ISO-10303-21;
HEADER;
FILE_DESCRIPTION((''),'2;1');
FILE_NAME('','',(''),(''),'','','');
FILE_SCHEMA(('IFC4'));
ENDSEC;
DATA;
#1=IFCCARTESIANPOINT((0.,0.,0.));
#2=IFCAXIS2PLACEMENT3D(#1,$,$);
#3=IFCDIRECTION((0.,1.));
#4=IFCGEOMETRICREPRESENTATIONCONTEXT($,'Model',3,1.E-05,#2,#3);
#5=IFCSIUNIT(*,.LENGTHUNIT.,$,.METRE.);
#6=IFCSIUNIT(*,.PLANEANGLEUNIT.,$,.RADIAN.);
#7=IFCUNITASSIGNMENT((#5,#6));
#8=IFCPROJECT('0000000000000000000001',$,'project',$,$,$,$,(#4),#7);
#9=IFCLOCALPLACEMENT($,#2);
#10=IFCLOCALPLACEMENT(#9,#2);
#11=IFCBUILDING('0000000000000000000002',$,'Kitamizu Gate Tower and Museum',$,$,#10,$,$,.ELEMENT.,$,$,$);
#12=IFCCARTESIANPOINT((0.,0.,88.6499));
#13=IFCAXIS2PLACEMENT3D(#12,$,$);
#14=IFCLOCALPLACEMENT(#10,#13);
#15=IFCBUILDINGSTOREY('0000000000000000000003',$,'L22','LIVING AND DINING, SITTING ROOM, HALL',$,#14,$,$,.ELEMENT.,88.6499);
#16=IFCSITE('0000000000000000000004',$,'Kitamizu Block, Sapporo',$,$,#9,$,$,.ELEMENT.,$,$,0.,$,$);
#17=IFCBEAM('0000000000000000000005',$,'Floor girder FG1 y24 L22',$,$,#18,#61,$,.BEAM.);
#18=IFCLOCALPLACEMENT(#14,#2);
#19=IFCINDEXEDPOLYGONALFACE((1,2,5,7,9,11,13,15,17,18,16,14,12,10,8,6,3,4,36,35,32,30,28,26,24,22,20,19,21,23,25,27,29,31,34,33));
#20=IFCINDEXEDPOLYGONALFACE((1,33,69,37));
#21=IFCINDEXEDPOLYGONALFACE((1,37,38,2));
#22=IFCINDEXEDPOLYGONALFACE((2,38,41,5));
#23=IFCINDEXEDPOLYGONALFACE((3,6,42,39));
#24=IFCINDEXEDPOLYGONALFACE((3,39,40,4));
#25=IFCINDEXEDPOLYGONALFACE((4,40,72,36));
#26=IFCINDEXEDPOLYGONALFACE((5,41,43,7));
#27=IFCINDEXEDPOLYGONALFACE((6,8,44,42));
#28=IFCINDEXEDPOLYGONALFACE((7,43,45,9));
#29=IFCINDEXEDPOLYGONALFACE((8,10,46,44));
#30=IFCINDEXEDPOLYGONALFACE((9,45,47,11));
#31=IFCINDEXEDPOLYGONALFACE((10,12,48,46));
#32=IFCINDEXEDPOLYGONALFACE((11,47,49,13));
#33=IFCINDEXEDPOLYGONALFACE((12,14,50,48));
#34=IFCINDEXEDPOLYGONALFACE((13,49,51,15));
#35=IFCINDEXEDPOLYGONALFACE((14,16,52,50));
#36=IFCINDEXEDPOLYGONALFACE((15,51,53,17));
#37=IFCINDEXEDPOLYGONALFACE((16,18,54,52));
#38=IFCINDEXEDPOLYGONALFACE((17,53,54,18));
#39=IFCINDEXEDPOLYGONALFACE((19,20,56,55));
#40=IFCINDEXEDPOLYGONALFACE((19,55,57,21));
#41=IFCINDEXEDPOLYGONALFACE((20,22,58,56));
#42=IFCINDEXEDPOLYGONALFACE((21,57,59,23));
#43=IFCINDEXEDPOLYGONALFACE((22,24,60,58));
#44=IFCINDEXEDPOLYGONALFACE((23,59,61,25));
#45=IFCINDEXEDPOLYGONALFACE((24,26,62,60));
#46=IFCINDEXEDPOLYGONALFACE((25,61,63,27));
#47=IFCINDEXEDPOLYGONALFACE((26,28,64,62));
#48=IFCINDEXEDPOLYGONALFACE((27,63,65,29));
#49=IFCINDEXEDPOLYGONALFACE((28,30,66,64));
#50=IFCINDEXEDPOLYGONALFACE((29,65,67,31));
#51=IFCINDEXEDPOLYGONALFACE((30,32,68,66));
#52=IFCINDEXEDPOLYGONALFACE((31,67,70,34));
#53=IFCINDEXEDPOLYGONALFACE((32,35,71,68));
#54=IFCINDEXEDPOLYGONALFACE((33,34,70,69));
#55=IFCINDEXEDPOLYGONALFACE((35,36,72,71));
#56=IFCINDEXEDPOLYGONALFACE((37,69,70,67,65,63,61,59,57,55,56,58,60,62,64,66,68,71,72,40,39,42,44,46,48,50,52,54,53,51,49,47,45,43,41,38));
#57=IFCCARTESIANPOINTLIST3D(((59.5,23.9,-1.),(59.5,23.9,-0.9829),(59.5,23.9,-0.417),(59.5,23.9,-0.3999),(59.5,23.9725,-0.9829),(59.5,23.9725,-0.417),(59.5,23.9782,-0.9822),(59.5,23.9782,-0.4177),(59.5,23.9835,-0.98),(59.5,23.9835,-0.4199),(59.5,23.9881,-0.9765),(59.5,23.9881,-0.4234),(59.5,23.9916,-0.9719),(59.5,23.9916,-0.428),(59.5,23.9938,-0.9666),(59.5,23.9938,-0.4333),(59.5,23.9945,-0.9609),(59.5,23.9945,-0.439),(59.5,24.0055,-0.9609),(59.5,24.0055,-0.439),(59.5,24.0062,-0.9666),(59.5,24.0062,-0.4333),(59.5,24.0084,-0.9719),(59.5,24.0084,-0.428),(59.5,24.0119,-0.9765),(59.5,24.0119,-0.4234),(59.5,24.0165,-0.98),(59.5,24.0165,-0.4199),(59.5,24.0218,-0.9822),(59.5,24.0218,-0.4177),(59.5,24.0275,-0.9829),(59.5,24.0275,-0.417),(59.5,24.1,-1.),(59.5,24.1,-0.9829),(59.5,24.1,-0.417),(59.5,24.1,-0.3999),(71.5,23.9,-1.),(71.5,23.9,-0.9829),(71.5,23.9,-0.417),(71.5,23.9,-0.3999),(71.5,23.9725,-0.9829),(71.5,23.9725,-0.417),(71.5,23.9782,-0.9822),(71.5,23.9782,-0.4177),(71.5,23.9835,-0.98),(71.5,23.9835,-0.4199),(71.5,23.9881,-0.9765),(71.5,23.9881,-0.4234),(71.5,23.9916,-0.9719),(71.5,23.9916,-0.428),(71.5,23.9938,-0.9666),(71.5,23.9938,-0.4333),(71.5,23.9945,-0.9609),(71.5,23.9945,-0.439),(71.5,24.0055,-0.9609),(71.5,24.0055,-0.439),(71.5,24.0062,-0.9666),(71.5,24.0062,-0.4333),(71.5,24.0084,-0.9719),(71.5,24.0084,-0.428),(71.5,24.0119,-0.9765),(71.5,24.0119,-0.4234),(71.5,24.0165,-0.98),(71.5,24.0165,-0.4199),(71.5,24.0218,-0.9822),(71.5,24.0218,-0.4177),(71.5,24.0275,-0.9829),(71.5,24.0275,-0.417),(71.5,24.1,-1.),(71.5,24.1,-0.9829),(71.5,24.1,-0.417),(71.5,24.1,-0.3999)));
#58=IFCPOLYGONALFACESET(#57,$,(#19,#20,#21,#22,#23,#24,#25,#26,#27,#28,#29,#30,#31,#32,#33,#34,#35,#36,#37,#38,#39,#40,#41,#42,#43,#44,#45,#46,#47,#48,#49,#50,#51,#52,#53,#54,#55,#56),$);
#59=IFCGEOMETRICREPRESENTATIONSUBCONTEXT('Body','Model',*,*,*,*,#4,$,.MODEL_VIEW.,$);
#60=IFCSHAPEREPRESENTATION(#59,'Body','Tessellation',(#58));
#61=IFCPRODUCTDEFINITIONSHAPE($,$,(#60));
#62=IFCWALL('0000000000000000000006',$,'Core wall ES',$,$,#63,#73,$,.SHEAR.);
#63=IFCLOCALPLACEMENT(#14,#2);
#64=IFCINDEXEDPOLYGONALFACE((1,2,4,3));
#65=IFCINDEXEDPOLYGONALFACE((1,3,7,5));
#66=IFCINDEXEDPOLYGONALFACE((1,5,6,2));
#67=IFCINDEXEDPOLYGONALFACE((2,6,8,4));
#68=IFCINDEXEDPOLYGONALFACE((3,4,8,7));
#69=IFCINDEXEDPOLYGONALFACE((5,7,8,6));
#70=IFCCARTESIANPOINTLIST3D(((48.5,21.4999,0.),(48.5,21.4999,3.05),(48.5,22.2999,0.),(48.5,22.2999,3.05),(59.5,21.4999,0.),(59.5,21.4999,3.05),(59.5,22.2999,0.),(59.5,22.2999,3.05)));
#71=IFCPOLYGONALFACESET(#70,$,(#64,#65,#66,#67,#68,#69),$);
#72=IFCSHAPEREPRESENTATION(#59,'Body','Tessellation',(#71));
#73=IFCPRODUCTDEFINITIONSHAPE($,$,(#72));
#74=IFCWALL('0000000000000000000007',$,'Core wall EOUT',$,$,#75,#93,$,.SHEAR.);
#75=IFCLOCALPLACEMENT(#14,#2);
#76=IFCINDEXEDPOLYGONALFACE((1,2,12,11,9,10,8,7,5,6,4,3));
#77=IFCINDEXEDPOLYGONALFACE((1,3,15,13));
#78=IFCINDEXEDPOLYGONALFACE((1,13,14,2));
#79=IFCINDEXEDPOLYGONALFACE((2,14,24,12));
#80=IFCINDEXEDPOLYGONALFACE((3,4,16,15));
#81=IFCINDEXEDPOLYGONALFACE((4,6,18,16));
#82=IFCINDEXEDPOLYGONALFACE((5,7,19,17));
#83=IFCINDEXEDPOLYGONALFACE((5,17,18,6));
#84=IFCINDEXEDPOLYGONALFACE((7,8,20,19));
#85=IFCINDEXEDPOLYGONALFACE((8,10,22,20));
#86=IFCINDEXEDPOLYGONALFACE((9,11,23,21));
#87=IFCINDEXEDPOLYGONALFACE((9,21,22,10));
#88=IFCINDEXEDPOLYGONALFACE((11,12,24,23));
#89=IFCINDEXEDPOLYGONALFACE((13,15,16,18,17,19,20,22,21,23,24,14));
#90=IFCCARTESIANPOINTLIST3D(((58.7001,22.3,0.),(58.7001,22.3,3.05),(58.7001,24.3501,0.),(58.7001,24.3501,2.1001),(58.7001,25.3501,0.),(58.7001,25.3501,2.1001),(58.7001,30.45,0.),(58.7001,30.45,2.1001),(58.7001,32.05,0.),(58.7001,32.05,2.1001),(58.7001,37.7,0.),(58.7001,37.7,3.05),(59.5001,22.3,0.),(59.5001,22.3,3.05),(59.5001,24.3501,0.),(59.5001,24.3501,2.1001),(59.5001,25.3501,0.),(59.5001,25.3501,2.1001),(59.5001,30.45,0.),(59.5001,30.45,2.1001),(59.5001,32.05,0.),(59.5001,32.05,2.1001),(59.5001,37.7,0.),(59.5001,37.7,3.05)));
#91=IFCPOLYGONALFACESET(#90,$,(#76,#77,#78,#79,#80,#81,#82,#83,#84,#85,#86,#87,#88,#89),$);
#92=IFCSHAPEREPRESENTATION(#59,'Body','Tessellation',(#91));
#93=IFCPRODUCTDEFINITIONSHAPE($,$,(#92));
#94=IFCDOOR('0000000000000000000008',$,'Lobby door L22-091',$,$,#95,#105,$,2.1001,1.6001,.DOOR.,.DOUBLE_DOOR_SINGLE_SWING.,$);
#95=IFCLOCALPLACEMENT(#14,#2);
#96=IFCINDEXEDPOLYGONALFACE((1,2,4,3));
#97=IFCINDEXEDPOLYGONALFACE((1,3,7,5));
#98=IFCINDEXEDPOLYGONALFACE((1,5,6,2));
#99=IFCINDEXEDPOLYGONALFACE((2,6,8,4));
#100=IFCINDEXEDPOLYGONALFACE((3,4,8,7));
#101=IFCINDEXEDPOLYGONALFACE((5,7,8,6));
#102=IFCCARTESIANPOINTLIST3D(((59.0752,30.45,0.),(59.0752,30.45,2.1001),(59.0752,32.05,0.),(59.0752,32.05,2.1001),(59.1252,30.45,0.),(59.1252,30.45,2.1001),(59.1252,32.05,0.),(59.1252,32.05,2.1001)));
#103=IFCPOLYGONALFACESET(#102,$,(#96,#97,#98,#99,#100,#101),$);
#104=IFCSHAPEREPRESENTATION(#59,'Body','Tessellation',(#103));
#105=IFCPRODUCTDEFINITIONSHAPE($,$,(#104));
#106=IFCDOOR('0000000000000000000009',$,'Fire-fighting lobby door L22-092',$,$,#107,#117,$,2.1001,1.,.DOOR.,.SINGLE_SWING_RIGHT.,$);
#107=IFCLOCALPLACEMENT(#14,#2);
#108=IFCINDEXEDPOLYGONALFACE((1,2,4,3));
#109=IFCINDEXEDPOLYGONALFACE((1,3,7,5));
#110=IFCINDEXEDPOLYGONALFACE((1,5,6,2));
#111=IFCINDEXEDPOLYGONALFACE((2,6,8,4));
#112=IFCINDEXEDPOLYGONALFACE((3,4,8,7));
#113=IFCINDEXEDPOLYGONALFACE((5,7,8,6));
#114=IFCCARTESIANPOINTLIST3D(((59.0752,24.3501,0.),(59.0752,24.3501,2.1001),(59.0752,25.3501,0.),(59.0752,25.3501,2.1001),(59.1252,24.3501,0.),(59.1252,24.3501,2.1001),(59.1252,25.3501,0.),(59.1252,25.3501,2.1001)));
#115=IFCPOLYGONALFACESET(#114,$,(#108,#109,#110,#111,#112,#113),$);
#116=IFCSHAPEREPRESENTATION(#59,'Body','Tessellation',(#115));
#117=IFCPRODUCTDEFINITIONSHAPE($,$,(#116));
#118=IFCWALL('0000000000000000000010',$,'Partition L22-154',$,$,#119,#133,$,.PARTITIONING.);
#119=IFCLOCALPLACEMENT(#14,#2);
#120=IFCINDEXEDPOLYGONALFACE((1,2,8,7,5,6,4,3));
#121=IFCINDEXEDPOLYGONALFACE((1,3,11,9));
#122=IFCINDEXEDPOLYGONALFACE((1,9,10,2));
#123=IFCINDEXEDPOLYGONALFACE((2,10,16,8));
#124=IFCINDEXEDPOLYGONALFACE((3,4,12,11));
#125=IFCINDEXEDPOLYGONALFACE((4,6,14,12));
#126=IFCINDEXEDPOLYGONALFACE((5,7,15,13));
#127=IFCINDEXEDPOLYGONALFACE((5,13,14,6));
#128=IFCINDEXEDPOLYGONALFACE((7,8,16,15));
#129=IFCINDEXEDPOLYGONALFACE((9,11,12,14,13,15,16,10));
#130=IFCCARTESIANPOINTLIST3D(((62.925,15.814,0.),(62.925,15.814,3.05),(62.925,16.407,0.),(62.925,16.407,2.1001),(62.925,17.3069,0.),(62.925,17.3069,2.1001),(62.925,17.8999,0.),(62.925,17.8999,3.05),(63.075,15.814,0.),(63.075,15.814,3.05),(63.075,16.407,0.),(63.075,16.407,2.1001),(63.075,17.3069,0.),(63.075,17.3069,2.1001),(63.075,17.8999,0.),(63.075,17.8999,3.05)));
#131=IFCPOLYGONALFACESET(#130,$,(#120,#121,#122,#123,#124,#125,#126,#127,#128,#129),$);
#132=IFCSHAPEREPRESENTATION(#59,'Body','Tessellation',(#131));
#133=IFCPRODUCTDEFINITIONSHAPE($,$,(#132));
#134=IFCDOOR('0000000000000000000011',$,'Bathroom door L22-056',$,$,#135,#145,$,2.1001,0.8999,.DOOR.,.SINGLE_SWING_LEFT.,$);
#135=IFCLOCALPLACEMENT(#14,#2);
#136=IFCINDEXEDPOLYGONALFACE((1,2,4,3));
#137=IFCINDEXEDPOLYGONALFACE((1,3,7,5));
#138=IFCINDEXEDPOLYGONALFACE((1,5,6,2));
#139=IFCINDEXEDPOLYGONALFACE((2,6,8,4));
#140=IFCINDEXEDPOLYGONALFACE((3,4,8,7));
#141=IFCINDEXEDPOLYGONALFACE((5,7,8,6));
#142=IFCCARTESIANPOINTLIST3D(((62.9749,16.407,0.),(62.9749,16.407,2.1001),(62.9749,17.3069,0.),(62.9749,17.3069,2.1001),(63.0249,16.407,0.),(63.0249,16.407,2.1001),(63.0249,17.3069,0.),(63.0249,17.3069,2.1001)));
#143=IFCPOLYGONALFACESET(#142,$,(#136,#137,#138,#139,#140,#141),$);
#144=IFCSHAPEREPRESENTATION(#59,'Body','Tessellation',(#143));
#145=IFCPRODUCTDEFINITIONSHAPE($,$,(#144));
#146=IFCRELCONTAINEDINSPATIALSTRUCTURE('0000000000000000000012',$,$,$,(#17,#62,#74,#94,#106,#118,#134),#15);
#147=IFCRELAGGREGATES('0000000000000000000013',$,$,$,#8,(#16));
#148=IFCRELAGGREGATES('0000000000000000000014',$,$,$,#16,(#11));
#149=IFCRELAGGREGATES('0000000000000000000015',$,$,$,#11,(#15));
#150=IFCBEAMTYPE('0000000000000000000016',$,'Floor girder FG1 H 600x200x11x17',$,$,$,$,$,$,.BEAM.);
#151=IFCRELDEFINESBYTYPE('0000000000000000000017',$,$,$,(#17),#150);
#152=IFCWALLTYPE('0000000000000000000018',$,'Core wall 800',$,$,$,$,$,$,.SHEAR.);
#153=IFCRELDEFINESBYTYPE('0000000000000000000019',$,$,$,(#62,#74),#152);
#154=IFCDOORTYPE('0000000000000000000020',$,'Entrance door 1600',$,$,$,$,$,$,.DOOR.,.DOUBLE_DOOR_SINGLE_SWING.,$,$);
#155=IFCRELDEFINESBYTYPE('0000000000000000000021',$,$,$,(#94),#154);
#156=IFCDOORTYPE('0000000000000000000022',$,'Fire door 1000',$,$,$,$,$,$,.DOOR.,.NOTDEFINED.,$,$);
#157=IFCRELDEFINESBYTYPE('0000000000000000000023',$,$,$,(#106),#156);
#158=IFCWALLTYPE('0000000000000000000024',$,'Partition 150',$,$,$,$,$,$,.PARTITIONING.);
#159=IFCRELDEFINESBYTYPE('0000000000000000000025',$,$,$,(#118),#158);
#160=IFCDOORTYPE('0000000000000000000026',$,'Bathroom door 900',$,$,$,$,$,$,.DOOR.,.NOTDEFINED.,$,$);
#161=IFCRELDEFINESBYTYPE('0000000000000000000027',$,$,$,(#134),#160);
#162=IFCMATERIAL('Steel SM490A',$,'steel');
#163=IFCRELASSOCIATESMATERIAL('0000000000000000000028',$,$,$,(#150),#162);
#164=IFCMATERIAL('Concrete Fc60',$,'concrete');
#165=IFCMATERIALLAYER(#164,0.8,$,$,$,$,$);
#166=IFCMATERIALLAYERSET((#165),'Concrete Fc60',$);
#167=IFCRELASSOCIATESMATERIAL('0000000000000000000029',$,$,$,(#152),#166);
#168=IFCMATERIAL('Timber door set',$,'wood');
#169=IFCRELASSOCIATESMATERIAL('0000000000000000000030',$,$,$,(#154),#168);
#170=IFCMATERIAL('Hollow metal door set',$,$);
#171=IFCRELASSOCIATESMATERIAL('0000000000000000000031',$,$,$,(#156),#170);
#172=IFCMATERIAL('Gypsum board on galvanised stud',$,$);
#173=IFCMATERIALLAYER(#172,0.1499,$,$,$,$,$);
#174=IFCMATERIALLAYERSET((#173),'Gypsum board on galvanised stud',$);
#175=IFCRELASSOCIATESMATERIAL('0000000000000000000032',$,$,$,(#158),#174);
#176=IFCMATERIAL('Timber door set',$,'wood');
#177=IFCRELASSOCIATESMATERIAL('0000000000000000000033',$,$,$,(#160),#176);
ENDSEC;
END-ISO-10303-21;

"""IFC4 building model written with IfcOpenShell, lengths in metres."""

from ifc_helpers import new_model, si_unit, direction, frame, frame_2d, origin, origin_2d, place, context, subcontext, project, spatial, rectangle, i_section, extrude, material, layer, layer_set, material_profile, profile_set, type_object, element, fill, save


model = new_model("IFC4")

# Units and contexts
model_context = context("Model", 3, precision=1e-05, world=origin(), true_north=direction((0.0, 1.0)))
body_context = subcontext(model_context, "Body", "Model", "MODEL_VIEW")
ifc_project = project(units=[si_unit("LENGTHUNIT", "METRE"), si_unit("PLANEANGLEUNIT", "RADIAN")], contexts=[model_context])

# Site, building, storey
site_placement = place(None, origin())
site = spatial("IfcSite", under=ifc_project, at=site_placement, Name="Kitamizu Block, Sapporo", CompositionType="ELEMENT", RefElevation=0.0)
building_placement = place(site_placement, origin())
building = spatial("IfcBuilding", under=site, at=building_placement, Name="Kitamizu Gate Tower and Museum", CompositionType="ELEMENT")
storey_placement = place(building_placement, frame((0.0, 0.0, 88.6499)))
storey = spatial("IfcBuildingStorey", under=building, at=storey_placement, Name="L22", Description="LIVING AND DINING, SITTING ROOM, HALL", CompositionType="ELEMENT", Elevation=88.6499)

# Beam
ifc_material_1 = material(Name="Steel SM490A", Category="steel")
ifc_material_profile = material_profile(ifc_material_1, i_section(OverallWidth=0.2, OverallDepth=0.6001, WebThickness=0.011, FlangeThickness=0.0171, FilletRadius=0.022, at=origin_2d()), Name="H-600x200x11x17")
ifc_profile_set = profile_set([ifc_material_profile], Name="Steel SM490A")
beam_type = type_object("IfcBeamType", Name="Floor girder FG1 H 600x200x11x17", PredefinedType="BEAM", material=ifc_profile_set)
beam_placement = place(storey_placement, frame((59.5, 24.0, -0.7), z_axis=(1.0, 0.0, 0.0), x_axis=(0.0, 1.0, 0.0)))
element("IfcBeam", 1, at=beam_placement, inside=storey, type_object=beam_type, Name="Floor girder FG1 y24 L22", PredefinedType="BEAM", context=body_context, shape_type="SweptSolid", body=[
    extrude(i_section(OverallWidth=0.2, OverallDepth=0.6001, WebThickness=0.011, FlangeThickness=0.0171, FilletRadius=0.022, at=origin_2d()), origin(), (0.0, 0.0, 1.0), 12.0),
])

# Wall
ifc_material_2 = material(Name="Concrete Fc60", Category="concrete")
ifc_layer_1 = layer(ifc_material_2, 0.8)
ifc_layer_set_1 = layer_set([ifc_layer_1], Name="Concrete Fc60")
wall_type_1 = type_object("IfcWallType", Name="Core wall 800", PredefinedType="SHEAR", material=ifc_layer_set_1)
wall_1_placement = place(storey_placement, frame((59.5, 21.8999, 0.0), z_axis=(0.0, 0.0, 1.0), x_axis=(-1.0, 0.0, 0.0)))
element("IfcWall", 2, at=wall_1_placement, inside=storey, type_object=wall_type_1, Name="Core wall ES", PredefinedType="SHEAR", context=body_context, shape_type="SweptSolid", body=[
    extrude(rectangle(XDim=11.0, YDim=0.8, at=frame_2d((5.5, 0.0))), origin(), (0.0, 0.0, 1.0), 3.05),
])

# Wall, openings, doors
wall_2_placement = place(storey_placement, frame((59.1001, 22.3, 0.0), z_axis=(0.0, 0.0, 1.0), x_axis=(0.0, 1.0, 0.0)))
wall_2 = element("IfcWall", 3, at=wall_2_placement, inside=storey, type_object=wall_type_1, Name="Core wall EOUT", PredefinedType="SHEAR", context=body_context, shape_type="SweptSolid", body=[
    extrude(rectangle(XDim=15.3999, YDim=0.8, at=frame_2d((7.7, 0.0))), origin(), (0.0, 0.0, 1.0), 3.05),
])
opening_1_placement = place(wall_2_placement, frame((8.1499, 0.0, 0.0)))
opening_1 = element("IfcOpeningElement", 4, at=opening_1_placement, cuts=wall_2, PredefinedType="OPENING", context=body_context, shape_type="SweptSolid", body=[
    extrude(rectangle(XDim=1.6001, YDim=2.1001, at=frame_2d((0.8, 1.05))), frame((0.0, 0.4102, 0.0), z_axis=(0.0, -1.0, 0.0), x_axis=(1.0, 0.0, 0.0)), (0.0, 0.0, 1.0), 0.8201),
])
opening_2_placement = place(wall_2_placement, frame((2.05, 0.0, 0.0)))
opening_2 = element("IfcOpeningElement", 5, at=opening_2_placement, cuts=wall_2, PredefinedType="OPENING", context=body_context, shape_type="SweptSolid", body=[
    extrude(rectangle(XDim=1.0, YDim=2.1001, at=frame_2d((0.5, 1.05))), frame((0.0, 0.4102, 0.0), z_axis=(0.0, -1.0, 0.0), x_axis=(1.0, 0.0, 0.0)), (0.0, 0.0, 1.0), 0.8201),
])
ifc_material_3 = material(Name="Timber door set", Category="wood")
door_type_1 = type_object("IfcDoorType", Name="Entrance door 1600", OperationType="DOUBLE_DOOR_SINGLE_SWING", PredefinedType="DOOR", material=ifc_material_3)
door_1_placement = place(opening_1_placement, origin())
door_1 = element("IfcDoor", 6, at=door_1_placement, inside=storey, type_object=door_type_1, Name="Lobby door L22-091", OperationType="DOUBLE_DOOR_SINGLE_SWING", OverallHeight=2.1001, OverallWidth=1.6001, PredefinedType="DOOR", context=body_context, shape_type="SweptSolid", body=[
    extrude(rectangle(XDim=1.6001, YDim=2.1001, at=frame_2d((0.8, 1.05))), frame((0.0, 0.0249, 0.0), z_axis=(0.0, -1.0, 0.0), x_axis=(1.0, 0.0, 0.0)), (0.0, 0.0, 1.0), 0.05),
])
fill(opening_1, door_1)
ifc_material_4 = material(Name="Hollow metal door set")
door_type_2 = type_object("IfcDoorType", Name="Fire door 1000", OperationType="NOTDEFINED", PredefinedType="DOOR", material=ifc_material_4)
door_2_placement = place(opening_2_placement, origin())
door_2 = element("IfcDoor", 7, at=door_2_placement, inside=storey, type_object=door_type_2, Name="Fire-fighting lobby door L22-092", OperationType="SINGLE_SWING_RIGHT", OverallHeight=2.1001, OverallWidth=1.0, PredefinedType="DOOR", context=body_context, shape_type="SweptSolid", body=[
    extrude(rectangle(XDim=1.0, YDim=2.1001, at=frame_2d((0.5, 1.05))), frame((0.0, 0.0249, 0.0), z_axis=(0.0, -1.0, 0.0), x_axis=(1.0, 0.0, 0.0)), (0.0, 0.0, 1.0), 0.05),
])
fill(opening_2, door_2)

# Wall, opening, door
ifc_material_5 = material(Name="Gypsum board on galvanised stud")
ifc_layer_2 = layer(ifc_material_5, 0.1499)
ifc_layer_set_2 = layer_set([ifc_layer_2], Name="Gypsum board on galvanised stud")
wall_type_2 = type_object("IfcWallType", Name="Partition 150", PredefinedType="PARTITIONING", material=ifc_layer_set_2)
wall_3_placement = place(storey_placement, frame((63.0, 15.814, 0.0), z_axis=(0.0, 0.0, 1.0), x_axis=(0.0, 1.0, 0.0)))
wall_3 = element("IfcWall", 8, at=wall_3_placement, inside=storey, type_object=wall_type_2, Name="Partition L22-154", PredefinedType="PARTITIONING", context=body_context, shape_type="SweptSolid", body=[
    extrude(rectangle(XDim=2.0859, YDim=0.1499, at=frame_2d((1.043, 0.0))), origin(), (0.0, 0.0, 1.0), 3.05),
])
opening_3_placement = place(wall_3_placement, frame((0.593, 0.0, 0.0)))
opening_3 = element("IfcOpeningElement", 9, at=opening_3_placement, cuts=wall_3, PredefinedType="OPENING", context=body_context, shape_type="SweptSolid", body=[
    extrude(rectangle(XDim=0.8999, YDim=2.1001, at=frame_2d((0.45, 1.05))), frame((0.0, 0.085, 0.0), z_axis=(0.0, -1.0, 0.0), x_axis=(1.0, 0.0, 0.0)), (0.0, 0.0, 1.0), 0.1699),
])
ifc_material_6 = material(Name="Timber door set", Category="wood")
door_type_3 = type_object("IfcDoorType", Name="Bathroom door 900", OperationType="NOTDEFINED", PredefinedType="DOOR", material=ifc_material_6)
door_3_placement = place(opening_3_placement, frame((0.8999, 0.0, 0.0), x_axis=(-1.0, 0.0, 0.0)))
door_3 = element("IfcDoor", 10, at=door_3_placement, inside=storey, type_object=door_type_3, Name="Bathroom door L22-056", OperationType="SINGLE_SWING_LEFT", OverallHeight=2.1001, OverallWidth=0.8999, PredefinedType="DOOR", context=body_context, shape_type="SweptSolid", body=[
    extrude(rectangle(XDim=0.8999, YDim=2.1001, at=frame_2d((0.45, 1.05))), frame((0.0, 0.0249, 0.0), z_axis=(0.0, -1.0, 0.0), x_axis=(1.0, 0.0, 0.0)), (0.0, 0.0, 1.0), 0.05),
])
fill(opening_3, door_3)

save(model, "model.ifc")
